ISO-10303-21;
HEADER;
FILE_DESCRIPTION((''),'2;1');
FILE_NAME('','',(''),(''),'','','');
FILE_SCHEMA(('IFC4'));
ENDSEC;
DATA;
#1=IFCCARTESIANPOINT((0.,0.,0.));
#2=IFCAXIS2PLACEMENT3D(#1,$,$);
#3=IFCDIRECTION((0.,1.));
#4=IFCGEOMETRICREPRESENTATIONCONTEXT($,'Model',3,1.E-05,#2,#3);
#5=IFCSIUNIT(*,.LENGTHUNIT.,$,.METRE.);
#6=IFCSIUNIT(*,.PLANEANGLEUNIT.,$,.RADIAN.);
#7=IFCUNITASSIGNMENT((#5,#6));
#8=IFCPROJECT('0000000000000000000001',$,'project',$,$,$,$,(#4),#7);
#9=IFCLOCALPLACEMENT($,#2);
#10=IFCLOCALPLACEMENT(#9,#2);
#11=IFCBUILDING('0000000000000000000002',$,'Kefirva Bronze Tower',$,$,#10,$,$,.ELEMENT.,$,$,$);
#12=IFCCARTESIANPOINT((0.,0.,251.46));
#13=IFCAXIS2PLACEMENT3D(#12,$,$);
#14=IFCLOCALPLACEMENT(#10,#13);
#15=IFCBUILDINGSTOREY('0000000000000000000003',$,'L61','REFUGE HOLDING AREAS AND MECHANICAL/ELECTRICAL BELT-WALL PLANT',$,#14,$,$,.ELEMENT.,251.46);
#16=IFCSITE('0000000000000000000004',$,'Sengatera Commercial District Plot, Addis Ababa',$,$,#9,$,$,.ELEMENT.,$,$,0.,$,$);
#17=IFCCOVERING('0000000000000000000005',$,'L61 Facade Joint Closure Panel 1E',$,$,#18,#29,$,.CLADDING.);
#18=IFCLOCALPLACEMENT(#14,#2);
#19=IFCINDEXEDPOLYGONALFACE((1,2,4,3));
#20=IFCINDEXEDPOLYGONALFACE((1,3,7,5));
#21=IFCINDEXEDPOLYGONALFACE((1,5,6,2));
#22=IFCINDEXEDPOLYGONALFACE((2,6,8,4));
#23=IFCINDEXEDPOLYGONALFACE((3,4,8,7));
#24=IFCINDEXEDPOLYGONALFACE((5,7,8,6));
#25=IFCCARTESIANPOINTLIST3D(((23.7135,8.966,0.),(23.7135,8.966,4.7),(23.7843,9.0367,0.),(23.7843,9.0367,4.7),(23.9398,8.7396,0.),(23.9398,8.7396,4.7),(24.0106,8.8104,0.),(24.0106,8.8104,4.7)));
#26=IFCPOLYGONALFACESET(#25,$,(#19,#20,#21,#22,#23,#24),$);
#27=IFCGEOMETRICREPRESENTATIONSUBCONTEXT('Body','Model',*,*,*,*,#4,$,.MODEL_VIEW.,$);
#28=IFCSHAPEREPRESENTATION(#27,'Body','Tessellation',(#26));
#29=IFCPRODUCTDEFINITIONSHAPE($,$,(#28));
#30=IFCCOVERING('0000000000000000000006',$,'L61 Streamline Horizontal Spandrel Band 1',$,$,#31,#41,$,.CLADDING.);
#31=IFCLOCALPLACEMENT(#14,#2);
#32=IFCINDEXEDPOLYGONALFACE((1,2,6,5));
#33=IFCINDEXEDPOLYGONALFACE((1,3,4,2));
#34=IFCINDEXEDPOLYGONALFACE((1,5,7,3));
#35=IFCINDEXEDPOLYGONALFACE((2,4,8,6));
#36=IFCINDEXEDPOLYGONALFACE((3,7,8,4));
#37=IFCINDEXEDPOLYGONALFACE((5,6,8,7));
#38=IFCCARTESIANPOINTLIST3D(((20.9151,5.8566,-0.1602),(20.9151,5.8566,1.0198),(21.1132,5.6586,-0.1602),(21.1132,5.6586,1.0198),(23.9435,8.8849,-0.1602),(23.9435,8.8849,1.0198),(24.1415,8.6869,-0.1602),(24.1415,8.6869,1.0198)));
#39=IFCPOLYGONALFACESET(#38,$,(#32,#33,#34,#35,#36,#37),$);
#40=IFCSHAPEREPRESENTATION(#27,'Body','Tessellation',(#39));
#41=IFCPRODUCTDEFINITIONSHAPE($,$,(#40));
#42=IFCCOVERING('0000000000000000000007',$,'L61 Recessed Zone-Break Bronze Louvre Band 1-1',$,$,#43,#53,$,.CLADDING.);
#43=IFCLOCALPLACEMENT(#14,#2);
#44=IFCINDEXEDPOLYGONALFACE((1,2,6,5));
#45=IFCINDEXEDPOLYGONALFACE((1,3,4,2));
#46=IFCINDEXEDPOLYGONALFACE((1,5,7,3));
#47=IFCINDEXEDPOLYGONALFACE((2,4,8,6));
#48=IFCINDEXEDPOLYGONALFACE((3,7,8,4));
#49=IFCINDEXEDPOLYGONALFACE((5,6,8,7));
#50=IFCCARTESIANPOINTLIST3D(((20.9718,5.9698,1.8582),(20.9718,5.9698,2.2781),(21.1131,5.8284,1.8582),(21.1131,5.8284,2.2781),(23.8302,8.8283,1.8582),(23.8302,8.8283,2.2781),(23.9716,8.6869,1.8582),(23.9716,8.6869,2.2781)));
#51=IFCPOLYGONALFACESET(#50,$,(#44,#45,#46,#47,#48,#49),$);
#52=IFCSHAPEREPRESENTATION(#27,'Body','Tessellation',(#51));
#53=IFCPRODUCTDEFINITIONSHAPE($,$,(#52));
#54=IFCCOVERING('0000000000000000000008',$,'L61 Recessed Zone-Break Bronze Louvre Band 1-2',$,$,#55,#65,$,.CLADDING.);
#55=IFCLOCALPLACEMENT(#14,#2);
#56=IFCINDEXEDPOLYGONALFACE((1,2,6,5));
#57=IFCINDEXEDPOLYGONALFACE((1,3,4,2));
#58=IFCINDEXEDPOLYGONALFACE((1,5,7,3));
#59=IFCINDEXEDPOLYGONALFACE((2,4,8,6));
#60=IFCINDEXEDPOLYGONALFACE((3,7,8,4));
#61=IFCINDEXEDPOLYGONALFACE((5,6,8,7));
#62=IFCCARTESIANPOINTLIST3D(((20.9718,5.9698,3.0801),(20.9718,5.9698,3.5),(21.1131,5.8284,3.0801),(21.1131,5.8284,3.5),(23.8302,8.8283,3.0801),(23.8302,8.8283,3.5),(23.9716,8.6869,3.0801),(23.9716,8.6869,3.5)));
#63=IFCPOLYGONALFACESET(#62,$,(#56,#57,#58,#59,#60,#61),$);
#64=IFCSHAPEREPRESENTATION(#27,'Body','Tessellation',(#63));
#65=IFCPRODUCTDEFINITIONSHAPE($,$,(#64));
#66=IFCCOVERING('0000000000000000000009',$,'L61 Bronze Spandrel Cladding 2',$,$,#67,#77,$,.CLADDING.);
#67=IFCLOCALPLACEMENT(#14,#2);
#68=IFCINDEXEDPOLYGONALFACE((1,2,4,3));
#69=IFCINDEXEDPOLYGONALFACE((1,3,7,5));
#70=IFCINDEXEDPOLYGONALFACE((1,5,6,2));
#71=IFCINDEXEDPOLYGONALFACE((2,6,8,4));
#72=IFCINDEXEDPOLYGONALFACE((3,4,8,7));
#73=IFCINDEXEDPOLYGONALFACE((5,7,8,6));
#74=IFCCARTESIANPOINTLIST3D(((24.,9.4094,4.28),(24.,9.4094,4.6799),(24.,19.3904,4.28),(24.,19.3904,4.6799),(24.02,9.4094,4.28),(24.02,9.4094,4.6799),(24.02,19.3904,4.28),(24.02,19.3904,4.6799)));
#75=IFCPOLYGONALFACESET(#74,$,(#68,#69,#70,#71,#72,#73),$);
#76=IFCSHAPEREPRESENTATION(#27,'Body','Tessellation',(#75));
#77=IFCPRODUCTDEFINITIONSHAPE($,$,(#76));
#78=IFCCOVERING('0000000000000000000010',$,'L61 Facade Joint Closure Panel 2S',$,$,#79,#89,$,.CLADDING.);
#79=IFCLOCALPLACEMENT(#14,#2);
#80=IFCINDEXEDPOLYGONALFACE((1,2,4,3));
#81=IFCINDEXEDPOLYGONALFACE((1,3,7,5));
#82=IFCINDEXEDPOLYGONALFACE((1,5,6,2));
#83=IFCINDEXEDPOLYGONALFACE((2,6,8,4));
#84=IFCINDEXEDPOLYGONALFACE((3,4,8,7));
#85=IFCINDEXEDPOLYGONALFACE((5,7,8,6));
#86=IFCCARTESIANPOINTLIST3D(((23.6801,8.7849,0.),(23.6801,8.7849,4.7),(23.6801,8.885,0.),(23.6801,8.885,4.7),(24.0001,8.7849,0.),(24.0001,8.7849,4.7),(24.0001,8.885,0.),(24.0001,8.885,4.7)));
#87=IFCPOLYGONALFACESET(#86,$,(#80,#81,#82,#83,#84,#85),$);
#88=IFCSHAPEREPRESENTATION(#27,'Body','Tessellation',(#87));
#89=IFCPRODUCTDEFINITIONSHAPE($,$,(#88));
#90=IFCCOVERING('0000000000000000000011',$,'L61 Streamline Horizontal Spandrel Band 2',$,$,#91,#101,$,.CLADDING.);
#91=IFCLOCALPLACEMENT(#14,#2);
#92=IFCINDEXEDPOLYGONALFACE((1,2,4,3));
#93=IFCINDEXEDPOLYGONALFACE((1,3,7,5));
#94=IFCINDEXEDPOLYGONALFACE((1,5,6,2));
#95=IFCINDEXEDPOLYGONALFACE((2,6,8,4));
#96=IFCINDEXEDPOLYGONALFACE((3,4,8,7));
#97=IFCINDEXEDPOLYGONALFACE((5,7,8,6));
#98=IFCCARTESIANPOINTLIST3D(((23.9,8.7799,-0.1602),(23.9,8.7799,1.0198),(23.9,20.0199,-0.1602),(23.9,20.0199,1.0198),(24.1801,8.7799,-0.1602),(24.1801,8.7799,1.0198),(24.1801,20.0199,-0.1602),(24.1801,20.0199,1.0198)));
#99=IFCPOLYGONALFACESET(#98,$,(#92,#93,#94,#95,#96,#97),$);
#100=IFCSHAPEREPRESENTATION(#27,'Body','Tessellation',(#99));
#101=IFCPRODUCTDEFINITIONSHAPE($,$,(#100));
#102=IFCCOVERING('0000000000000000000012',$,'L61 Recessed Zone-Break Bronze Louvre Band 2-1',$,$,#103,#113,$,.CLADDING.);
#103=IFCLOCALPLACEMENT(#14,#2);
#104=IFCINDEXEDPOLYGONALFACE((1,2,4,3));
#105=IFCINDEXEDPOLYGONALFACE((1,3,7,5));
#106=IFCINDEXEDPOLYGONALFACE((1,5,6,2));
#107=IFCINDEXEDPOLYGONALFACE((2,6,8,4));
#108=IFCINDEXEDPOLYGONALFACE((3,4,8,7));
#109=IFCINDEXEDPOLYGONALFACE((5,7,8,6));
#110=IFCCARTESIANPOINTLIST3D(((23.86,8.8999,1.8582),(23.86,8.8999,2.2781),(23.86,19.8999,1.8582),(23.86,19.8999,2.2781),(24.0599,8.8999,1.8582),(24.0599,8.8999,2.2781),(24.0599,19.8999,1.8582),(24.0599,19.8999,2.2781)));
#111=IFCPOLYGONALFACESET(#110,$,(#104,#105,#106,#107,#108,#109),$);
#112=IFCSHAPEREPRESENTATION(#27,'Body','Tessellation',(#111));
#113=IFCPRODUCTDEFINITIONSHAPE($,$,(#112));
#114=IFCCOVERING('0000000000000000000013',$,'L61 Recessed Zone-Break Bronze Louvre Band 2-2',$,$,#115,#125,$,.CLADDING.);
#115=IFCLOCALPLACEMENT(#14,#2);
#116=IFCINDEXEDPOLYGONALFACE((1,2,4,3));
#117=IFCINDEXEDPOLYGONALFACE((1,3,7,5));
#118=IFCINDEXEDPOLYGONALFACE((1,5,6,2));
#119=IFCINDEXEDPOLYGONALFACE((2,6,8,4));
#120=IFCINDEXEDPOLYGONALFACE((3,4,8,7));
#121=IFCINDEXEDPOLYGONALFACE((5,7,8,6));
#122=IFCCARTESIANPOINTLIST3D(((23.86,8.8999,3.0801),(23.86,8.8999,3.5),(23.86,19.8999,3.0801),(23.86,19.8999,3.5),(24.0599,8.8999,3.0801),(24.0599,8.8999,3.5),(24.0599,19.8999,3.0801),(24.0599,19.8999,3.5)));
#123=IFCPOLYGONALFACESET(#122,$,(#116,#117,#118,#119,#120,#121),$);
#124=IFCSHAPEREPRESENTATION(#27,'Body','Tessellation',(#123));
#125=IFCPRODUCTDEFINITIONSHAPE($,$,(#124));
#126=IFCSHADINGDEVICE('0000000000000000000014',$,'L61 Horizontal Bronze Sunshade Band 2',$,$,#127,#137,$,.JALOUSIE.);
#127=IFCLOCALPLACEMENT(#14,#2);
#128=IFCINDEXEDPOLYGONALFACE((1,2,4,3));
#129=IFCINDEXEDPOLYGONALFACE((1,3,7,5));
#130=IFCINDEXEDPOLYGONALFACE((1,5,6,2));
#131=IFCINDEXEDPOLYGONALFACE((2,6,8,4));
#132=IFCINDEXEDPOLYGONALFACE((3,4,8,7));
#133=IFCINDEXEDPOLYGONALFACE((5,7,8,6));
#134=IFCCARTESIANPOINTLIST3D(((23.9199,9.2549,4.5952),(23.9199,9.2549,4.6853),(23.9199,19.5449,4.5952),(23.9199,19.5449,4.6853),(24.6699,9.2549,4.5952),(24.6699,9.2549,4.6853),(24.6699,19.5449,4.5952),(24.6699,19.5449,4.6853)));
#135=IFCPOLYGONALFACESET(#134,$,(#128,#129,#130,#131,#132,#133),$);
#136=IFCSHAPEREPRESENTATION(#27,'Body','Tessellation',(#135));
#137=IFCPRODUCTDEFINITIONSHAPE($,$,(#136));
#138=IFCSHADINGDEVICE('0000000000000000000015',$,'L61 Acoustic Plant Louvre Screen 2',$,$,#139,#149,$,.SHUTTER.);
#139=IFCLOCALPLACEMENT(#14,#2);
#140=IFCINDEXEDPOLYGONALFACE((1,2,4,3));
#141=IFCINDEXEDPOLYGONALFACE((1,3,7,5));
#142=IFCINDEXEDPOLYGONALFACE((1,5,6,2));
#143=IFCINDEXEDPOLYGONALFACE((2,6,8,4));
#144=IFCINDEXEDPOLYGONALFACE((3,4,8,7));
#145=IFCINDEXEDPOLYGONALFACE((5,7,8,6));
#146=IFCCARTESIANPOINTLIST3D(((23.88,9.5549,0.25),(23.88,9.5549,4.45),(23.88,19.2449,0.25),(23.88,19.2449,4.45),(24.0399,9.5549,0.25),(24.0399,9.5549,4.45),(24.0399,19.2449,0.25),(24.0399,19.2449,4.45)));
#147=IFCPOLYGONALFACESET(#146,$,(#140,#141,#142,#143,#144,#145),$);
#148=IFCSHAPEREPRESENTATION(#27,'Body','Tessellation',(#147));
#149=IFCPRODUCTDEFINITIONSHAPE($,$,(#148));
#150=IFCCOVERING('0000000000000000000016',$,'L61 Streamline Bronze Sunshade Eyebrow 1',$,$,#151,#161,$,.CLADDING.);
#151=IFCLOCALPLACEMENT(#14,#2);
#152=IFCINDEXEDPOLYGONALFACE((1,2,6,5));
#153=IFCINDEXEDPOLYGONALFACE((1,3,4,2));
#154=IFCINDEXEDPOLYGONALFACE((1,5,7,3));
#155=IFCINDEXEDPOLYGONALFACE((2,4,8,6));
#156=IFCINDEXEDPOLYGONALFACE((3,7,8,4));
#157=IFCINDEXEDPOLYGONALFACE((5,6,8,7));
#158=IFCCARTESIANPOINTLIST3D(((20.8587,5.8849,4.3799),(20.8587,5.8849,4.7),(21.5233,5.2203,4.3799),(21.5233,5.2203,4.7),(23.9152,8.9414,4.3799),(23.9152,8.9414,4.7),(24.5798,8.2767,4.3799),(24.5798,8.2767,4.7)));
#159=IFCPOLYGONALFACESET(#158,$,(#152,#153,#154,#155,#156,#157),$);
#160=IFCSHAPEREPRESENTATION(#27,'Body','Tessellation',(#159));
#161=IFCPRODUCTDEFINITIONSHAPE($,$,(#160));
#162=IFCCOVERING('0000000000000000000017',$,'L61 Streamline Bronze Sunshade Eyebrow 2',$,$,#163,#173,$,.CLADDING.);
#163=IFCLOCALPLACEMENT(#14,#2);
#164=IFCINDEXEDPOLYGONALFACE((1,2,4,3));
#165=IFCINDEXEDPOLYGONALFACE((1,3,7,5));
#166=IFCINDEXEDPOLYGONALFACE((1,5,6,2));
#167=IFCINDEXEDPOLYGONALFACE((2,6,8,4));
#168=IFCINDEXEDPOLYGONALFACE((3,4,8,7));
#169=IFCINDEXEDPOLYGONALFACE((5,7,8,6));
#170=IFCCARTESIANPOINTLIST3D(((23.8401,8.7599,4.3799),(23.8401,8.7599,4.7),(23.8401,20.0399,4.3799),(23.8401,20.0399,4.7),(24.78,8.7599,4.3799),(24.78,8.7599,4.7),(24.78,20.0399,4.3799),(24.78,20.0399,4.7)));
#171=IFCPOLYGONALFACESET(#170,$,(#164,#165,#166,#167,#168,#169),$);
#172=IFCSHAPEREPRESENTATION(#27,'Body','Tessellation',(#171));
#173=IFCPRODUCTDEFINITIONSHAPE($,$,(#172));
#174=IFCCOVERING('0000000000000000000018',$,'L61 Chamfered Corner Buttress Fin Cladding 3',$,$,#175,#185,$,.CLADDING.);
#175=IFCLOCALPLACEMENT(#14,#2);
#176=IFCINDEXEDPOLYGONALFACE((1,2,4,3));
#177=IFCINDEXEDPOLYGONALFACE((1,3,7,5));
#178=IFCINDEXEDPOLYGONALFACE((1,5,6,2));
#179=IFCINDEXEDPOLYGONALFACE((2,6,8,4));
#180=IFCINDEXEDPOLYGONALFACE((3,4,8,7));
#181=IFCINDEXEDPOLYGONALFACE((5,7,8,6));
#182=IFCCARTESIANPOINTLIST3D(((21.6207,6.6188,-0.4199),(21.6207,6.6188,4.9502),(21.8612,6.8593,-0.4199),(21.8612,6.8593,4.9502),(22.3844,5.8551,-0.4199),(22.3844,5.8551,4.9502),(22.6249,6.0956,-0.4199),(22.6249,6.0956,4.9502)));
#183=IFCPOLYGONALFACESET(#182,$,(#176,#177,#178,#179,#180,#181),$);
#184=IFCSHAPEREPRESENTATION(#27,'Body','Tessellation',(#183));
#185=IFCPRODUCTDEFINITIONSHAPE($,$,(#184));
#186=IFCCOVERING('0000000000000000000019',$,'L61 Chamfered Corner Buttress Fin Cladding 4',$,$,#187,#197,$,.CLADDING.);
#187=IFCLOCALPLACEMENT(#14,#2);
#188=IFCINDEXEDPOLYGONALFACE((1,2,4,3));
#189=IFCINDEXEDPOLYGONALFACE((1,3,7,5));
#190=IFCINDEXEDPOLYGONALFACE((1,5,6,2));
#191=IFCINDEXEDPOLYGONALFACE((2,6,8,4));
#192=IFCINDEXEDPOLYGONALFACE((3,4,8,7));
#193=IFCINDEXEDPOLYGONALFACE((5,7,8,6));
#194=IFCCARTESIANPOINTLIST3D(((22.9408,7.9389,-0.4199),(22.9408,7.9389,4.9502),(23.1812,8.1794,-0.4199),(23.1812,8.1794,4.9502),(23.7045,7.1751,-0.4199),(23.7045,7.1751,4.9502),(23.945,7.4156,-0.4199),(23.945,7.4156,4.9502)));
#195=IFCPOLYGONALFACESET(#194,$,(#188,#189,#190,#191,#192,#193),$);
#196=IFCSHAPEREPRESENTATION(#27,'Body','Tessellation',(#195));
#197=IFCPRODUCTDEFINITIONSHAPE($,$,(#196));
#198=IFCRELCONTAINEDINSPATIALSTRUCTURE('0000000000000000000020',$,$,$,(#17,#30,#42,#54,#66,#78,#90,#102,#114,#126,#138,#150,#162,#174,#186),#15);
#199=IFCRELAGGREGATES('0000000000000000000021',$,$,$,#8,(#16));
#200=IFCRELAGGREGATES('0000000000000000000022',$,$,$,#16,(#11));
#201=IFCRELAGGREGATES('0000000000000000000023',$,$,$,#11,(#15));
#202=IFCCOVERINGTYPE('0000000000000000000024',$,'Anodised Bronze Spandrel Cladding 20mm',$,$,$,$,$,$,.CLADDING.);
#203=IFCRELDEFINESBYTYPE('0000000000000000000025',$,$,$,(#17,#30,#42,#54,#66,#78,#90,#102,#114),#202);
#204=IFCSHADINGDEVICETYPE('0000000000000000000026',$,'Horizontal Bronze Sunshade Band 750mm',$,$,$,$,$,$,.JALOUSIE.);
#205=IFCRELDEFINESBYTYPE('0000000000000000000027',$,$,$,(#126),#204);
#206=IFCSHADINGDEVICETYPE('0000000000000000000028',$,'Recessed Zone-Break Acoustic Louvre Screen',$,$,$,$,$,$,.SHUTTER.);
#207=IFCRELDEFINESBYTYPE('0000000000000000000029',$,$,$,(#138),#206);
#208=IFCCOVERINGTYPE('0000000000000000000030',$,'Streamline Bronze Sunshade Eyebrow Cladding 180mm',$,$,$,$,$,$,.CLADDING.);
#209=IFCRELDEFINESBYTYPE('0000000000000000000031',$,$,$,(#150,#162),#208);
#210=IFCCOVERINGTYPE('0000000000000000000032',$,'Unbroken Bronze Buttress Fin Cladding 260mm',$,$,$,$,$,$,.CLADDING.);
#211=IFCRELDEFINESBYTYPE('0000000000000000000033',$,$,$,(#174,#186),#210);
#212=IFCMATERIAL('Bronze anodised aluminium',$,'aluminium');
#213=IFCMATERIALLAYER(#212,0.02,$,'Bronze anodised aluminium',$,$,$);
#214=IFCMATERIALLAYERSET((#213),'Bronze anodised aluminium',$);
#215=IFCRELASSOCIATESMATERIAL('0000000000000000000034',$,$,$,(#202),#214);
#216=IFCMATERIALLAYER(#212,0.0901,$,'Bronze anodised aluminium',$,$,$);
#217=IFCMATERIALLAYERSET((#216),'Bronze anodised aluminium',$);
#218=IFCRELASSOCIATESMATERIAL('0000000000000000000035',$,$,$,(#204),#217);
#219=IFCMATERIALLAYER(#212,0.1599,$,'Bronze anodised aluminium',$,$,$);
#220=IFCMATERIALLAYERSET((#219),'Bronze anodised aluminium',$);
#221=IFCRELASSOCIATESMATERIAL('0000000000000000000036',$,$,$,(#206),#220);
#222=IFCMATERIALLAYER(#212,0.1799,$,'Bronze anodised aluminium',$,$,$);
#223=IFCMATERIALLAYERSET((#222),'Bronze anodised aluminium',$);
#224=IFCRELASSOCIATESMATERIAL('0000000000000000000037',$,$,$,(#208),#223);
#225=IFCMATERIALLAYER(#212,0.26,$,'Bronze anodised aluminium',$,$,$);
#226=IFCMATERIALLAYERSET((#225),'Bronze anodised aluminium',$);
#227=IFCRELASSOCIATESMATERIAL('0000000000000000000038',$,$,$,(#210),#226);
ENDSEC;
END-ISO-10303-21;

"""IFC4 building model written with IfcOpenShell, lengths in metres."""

from ifc_helpers import new_model, si_unit, direction, frame, origin, origin_2d, place, context, subcontext, project, spatial, rectangle, extrude, material, layer, layer_set, type_object, element, save


model = new_model("IFC4")

# Units and contexts
model_context = context("Model", 3, precision=1e-05, world=origin(), true_north=direction((0.0, 1.0)))
body_context = subcontext(model_context, "Body", "Model", "MODEL_VIEW")
ifc_project = project(units=[si_unit("LENGTHUNIT", "METRE"), si_unit("PLANEANGLEUNIT", "RADIAN")], contexts=[model_context])

# Site, building, storey
site_placement = place(None, origin())
site = spatial("IfcSite", under=ifc_project, at=site_placement, Name="Sengatera Commercial District Plot, Addis Ababa", CompositionType="ELEMENT", RefElevation=0.0)
building_placement = place(site_placement, origin())
building = spatial("IfcBuilding", under=site, at=building_placement, Name="Kefirva Bronze Tower", CompositionType="ELEMENT")
storey_placement = place(building_placement, frame((0.0, 0.0, 251.46)))
storey = spatial("IfcBuildingStorey", under=building, at=storey_placement, Name="L61", Description="REFUGE HOLDING AREAS AND MECHANICAL/ELECTRICAL BELT-WALL PLANT", CompositionType="ELEMENT", Elevation=251.46)

# Coverings
ifc_material_1 = material(Name="Bronze anodised aluminium", Category="aluminium")
ifc_layer_1 = layer(ifc_material_1, 0.02, Name="Bronze anodised aluminium")
ifc_layer_set_1 = layer_set([ifc_layer_1], Name="Bronze anodised aluminium")
covering_type_1 = type_object("IfcCoveringType", Name="Anodised Bronze Spandrel Cladding 20mm", PredefinedType="CLADDING", material=ifc_layer_set_1)
covering_1_placement = place(storey_placement, frame((23.8621, 8.8882, 0.0), z_axis=(0.0, 0.0, 1.0), x_axis=(0.707107, 0.707107, 0.0)))
element("IfcCovering", 1, at=covering_1_placement, inside=storey, type_object=covering_type_1, Name="L61 Facade Joint Closure Panel 1E", PredefinedType="CLADDING", context=body_context, shape_type="SweptSolid", body=[
    extrude(rectangle(XDim=0.1001, YDim=0.3201, at=origin_2d()), origin(), (0.0, 0.0, 1.0), 4.7),
])
covering_2_placement = place(storey_placement, frame((22.5283, 7.2717, -0.1602), z_axis=(0.0, 0.0, 1.0), x_axis=(0.707107, 0.707107, 0.0)))
element("IfcCovering", 2, at=covering_2_placement, inside=storey, type_object=covering_type_1, Name="L61 Streamline Horizontal Spandrel Band 1", PredefinedType="CLADDING", context=body_context, shape_type="SweptSolid", body=[
    extrude(rectangle(XDim=4.2827, YDim=0.28, at=origin_2d()), origin(), (0.0, 0.0, 1.0), 1.1799),
])
for number, where, z_axis, x_axis, name in (
    (3, (22.4717, 7.3284, 1.8582), (0.0, 0.0, 1.0), (0.707107, 0.707107, 0.0), "L61 Recessed Zone-Break Bronze Louvre Band 1-1"),
    (4, (22.4717, 7.3284, 3.0801), (0.0, 0.0, 1.0), (0.707107, 0.707107, 0.0), "L61 Recessed Zone-Break Bronze Louvre Band 1-2"),
):
    element("IfcCovering", number, at=place(storey_placement, frame(where, z_axis=z_axis, x_axis=x_axis)), inside=storey, type_object=covering_type_1, Name=name, PredefinedType="CLADDING", context=body_context, shape_type="SweptSolid", body=[
        extrude(rectangle(XDim=4.0425, YDim=0.2, at=origin_2d()), origin(), (0.0, 0.0, 1.0), 0.4199),
    ])
covering_3_placement = place(storey_placement, frame((24.01, 14.3999, 4.28), z_axis=(0.0, 0.0, 1.0), x_axis=(0.0, 1.0, 0.0)))
element("IfcCovering", 5, at=covering_3_placement, inside=storey, type_object=covering_type_1, Name="L61 Bronze Spandrel Cladding 2", PredefinedType="CLADDING", context=body_context, shape_type="SweptSolid", body=[
    extrude(rectangle(XDim=9.981, YDim=0.02, at=origin_2d()), origin(), (0.0, 0.0, 1.0), 0.3999),
])
covering_4_placement = place(storey_placement, frame((23.8401, 8.835, 0.0), z_axis=(0.0, 0.0, 1.0), x_axis=(0.0, 1.0, 0.0)))
element("IfcCovering", 6, at=covering_4_placement, inside=storey, type_object=covering_type_1, Name="L61 Facade Joint Closure Panel 2S", PredefinedType="CLADDING", context=body_context, shape_type="SweptSolid", body=[
    extrude(rectangle(XDim=0.1001, YDim=0.3201, at=origin_2d()), origin(), (0.0, 0.0, 1.0), 4.7),
])
covering_5_placement = place(storey_placement, frame((24.04, 14.3999, -0.1602), z_axis=(0.0, 0.0, 1.0), x_axis=(0.0, 1.0, 0.0)))
element("IfcCovering", 7, at=covering_5_placement, inside=storey, type_object=covering_type_1, Name="L61 Streamline Horizontal Spandrel Band 2", PredefinedType="CLADDING", context=body_context, shape_type="SweptSolid", body=[
    extrude(rectangle(XDim=11.24, YDim=0.28, at=origin_2d()), origin(), (0.0, 0.0, 1.0), 1.1799),
])
for number, where, z_axis, x_axis, name in (
    (8, (23.96, 14.3999, 1.8582), (0.0, 0.0, 1.0), (0.0, 1.0, 0.0), "L61 Recessed Zone-Break Bronze Louvre Band 2-1"),
    (9, (23.96, 14.3999, 3.0801), (0.0, 0.0, 1.0), (0.0, 1.0, 0.0), "L61 Recessed Zone-Break Bronze Louvre Band 2-2"),
):
    element("IfcCovering", number, at=place(storey_placement, frame(where, z_axis=z_axis, x_axis=x_axis)), inside=storey, type_object=covering_type_1, Name=name, PredefinedType="CLADDING", context=body_context, shape_type="SweptSolid", body=[
        extrude(rectangle(XDim=11.0, YDim=0.2, at=origin_2d()), origin(), (0.0, 0.0, 1.0), 0.4199),
    ])

# Shading devices
ifc_layer_2 = layer(ifc_material_1, 0.0901, Name="Bronze anodised aluminium")
ifc_layer_set_2 = layer_set([ifc_layer_2], Name="Bronze anodised aluminium")
shading_device_type_1 = type_object("IfcShadingDeviceType", Name="Horizontal Bronze Sunshade Band 750mm", PredefinedType="JALOUSIE", material=ifc_layer_set_2)
shading_device_1_placement = place(storey_placement, frame((24.2949, 14.3999, 4.5952), z_axis=(0.0, 0.0, 1.0), x_axis=(0.0, 1.0, 0.0)))
element("IfcShadingDevice", 10, at=shading_device_1_placement, inside=storey, type_object=shading_device_type_1, Name="L61 Horizontal Bronze Sunshade Band 2", PredefinedType="JALOUSIE", context=body_context, shape_type="SweptSolid", body=[
    extrude(rectangle(XDim=10.29, YDim=0.75, at=origin_2d()), origin(), (0.0, 0.0, 1.0), 0.0901),
])
ifc_layer_3 = layer(ifc_material_1, 0.1599, Name="Bronze anodised aluminium")
ifc_layer_set_3 = layer_set([ifc_layer_3], Name="Bronze anodised aluminium")
shading_device_type_2 = type_object("IfcShadingDeviceType", Name="Recessed Zone-Break Acoustic Louvre Screen", PredefinedType="SHUTTER", material=ifc_layer_set_3)
shading_device_2_placement = place(storey_placement, frame((23.96, 14.3999, 0.25), z_axis=(0.0, 0.0, 1.0), x_axis=(0.0, 1.0, 0.0)))
element("IfcShadingDevice", 11, at=shading_device_2_placement, inside=storey, type_object=shading_device_type_2, Name="L61 Acoustic Plant Louvre Screen 2", PredefinedType="SHUTTER", context=body_context, shape_type="SweptSolid", body=[
    extrude(rectangle(XDim=9.6899, YDim=0.1599, at=origin_2d()), origin(), (0.0, 0.0, 1.0), 4.2),
])

# Coverings
ifc_layer_4 = layer(ifc_material_1, 0.1799, Name="Bronze anodised aluminium")
ifc_layer_set_4 = layer_set([ifc_layer_4], Name="Bronze anodised aluminium")
covering_type_2 = type_object("IfcCoveringType", Name="Streamline Bronze Sunshade Eyebrow Cladding 180mm", PredefinedType="CLADDING", material=ifc_layer_set_4)
covering_6_placement = place(storey_placement, frame((22.7192, 7.0808, 4.3799), z_axis=(0.0, 0.0, 1.0), x_axis=(0.707107, 0.707107, 0.0)))
element("IfcCovering", 12, at=covering_6_placement, inside=storey, type_object=covering_type_2, Name="L61 Streamline Bronze Sunshade Eyebrow 1", PredefinedType="CLADDING", context=body_context, shape_type="SweptSolid", body=[
    extrude(rectangle(XDim=4.3225, YDim=0.9399, at=origin_2d()), origin(), (0.0, 0.0, 1.0), 0.3201),
])
covering_7_placement = place(storey_placement, frame((24.3101, 14.3999, 4.3799), z_axis=(0.0, 0.0, 1.0), x_axis=(0.0, 1.0, 0.0)))
element("IfcCovering", 13, at=covering_7_placement, inside=storey, type_object=covering_type_2, Name="L61 Streamline Bronze Sunshade Eyebrow 2", PredefinedType="CLADDING", context=body_context, shape_type="SweptSolid", body=[
    extrude(rectangle(XDim=11.28, YDim=0.9399, at=origin_2d()), origin(), (0.0, 0.0, 1.0), 0.3201),
])
ifc_layer_5 = layer(ifc_material_1, 0.26, Name="Bronze anodised aluminium")
ifc_layer_set_5 = layer_set([ifc_layer_5], Name="Bronze anodised aluminium")
covering_type_3 = type_object("IfcCoveringType", Name="Unbroken Bronze Buttress Fin Cladding 260mm", PredefinedType="CLADDING", material=ifc_layer_set_5)
for number, where, z_axis, x_axis, name in (
    (14, (22.1228, 6.3572, -0.4199), (0.0, 0.0, 1.0), (0.707107, 0.707107, 0.0), "L61 Chamfered Corner Buttress Fin Cladding 3"),
    (15, (23.4429, 7.6772, -0.4199), (0.0, 0.0, 1.0), (0.707107, 0.707107, 0.0), "L61 Chamfered Corner Buttress Fin Cladding 4"),
):
    element("IfcCovering", number, at=place(storey_placement, frame(where, z_axis=z_axis, x_axis=x_axis)), inside=storey, type_object=covering_type_3, Name=name, PredefinedType="CLADDING", context=body_context, shape_type="SweptSolid", body=[
        extrude(rectangle(XDim=0.3401, YDim=1.0801, at=origin_2d()), origin(), (0.0, 0.0, 1.0), 5.3701),
    ])

save(model, "model.ifc")
